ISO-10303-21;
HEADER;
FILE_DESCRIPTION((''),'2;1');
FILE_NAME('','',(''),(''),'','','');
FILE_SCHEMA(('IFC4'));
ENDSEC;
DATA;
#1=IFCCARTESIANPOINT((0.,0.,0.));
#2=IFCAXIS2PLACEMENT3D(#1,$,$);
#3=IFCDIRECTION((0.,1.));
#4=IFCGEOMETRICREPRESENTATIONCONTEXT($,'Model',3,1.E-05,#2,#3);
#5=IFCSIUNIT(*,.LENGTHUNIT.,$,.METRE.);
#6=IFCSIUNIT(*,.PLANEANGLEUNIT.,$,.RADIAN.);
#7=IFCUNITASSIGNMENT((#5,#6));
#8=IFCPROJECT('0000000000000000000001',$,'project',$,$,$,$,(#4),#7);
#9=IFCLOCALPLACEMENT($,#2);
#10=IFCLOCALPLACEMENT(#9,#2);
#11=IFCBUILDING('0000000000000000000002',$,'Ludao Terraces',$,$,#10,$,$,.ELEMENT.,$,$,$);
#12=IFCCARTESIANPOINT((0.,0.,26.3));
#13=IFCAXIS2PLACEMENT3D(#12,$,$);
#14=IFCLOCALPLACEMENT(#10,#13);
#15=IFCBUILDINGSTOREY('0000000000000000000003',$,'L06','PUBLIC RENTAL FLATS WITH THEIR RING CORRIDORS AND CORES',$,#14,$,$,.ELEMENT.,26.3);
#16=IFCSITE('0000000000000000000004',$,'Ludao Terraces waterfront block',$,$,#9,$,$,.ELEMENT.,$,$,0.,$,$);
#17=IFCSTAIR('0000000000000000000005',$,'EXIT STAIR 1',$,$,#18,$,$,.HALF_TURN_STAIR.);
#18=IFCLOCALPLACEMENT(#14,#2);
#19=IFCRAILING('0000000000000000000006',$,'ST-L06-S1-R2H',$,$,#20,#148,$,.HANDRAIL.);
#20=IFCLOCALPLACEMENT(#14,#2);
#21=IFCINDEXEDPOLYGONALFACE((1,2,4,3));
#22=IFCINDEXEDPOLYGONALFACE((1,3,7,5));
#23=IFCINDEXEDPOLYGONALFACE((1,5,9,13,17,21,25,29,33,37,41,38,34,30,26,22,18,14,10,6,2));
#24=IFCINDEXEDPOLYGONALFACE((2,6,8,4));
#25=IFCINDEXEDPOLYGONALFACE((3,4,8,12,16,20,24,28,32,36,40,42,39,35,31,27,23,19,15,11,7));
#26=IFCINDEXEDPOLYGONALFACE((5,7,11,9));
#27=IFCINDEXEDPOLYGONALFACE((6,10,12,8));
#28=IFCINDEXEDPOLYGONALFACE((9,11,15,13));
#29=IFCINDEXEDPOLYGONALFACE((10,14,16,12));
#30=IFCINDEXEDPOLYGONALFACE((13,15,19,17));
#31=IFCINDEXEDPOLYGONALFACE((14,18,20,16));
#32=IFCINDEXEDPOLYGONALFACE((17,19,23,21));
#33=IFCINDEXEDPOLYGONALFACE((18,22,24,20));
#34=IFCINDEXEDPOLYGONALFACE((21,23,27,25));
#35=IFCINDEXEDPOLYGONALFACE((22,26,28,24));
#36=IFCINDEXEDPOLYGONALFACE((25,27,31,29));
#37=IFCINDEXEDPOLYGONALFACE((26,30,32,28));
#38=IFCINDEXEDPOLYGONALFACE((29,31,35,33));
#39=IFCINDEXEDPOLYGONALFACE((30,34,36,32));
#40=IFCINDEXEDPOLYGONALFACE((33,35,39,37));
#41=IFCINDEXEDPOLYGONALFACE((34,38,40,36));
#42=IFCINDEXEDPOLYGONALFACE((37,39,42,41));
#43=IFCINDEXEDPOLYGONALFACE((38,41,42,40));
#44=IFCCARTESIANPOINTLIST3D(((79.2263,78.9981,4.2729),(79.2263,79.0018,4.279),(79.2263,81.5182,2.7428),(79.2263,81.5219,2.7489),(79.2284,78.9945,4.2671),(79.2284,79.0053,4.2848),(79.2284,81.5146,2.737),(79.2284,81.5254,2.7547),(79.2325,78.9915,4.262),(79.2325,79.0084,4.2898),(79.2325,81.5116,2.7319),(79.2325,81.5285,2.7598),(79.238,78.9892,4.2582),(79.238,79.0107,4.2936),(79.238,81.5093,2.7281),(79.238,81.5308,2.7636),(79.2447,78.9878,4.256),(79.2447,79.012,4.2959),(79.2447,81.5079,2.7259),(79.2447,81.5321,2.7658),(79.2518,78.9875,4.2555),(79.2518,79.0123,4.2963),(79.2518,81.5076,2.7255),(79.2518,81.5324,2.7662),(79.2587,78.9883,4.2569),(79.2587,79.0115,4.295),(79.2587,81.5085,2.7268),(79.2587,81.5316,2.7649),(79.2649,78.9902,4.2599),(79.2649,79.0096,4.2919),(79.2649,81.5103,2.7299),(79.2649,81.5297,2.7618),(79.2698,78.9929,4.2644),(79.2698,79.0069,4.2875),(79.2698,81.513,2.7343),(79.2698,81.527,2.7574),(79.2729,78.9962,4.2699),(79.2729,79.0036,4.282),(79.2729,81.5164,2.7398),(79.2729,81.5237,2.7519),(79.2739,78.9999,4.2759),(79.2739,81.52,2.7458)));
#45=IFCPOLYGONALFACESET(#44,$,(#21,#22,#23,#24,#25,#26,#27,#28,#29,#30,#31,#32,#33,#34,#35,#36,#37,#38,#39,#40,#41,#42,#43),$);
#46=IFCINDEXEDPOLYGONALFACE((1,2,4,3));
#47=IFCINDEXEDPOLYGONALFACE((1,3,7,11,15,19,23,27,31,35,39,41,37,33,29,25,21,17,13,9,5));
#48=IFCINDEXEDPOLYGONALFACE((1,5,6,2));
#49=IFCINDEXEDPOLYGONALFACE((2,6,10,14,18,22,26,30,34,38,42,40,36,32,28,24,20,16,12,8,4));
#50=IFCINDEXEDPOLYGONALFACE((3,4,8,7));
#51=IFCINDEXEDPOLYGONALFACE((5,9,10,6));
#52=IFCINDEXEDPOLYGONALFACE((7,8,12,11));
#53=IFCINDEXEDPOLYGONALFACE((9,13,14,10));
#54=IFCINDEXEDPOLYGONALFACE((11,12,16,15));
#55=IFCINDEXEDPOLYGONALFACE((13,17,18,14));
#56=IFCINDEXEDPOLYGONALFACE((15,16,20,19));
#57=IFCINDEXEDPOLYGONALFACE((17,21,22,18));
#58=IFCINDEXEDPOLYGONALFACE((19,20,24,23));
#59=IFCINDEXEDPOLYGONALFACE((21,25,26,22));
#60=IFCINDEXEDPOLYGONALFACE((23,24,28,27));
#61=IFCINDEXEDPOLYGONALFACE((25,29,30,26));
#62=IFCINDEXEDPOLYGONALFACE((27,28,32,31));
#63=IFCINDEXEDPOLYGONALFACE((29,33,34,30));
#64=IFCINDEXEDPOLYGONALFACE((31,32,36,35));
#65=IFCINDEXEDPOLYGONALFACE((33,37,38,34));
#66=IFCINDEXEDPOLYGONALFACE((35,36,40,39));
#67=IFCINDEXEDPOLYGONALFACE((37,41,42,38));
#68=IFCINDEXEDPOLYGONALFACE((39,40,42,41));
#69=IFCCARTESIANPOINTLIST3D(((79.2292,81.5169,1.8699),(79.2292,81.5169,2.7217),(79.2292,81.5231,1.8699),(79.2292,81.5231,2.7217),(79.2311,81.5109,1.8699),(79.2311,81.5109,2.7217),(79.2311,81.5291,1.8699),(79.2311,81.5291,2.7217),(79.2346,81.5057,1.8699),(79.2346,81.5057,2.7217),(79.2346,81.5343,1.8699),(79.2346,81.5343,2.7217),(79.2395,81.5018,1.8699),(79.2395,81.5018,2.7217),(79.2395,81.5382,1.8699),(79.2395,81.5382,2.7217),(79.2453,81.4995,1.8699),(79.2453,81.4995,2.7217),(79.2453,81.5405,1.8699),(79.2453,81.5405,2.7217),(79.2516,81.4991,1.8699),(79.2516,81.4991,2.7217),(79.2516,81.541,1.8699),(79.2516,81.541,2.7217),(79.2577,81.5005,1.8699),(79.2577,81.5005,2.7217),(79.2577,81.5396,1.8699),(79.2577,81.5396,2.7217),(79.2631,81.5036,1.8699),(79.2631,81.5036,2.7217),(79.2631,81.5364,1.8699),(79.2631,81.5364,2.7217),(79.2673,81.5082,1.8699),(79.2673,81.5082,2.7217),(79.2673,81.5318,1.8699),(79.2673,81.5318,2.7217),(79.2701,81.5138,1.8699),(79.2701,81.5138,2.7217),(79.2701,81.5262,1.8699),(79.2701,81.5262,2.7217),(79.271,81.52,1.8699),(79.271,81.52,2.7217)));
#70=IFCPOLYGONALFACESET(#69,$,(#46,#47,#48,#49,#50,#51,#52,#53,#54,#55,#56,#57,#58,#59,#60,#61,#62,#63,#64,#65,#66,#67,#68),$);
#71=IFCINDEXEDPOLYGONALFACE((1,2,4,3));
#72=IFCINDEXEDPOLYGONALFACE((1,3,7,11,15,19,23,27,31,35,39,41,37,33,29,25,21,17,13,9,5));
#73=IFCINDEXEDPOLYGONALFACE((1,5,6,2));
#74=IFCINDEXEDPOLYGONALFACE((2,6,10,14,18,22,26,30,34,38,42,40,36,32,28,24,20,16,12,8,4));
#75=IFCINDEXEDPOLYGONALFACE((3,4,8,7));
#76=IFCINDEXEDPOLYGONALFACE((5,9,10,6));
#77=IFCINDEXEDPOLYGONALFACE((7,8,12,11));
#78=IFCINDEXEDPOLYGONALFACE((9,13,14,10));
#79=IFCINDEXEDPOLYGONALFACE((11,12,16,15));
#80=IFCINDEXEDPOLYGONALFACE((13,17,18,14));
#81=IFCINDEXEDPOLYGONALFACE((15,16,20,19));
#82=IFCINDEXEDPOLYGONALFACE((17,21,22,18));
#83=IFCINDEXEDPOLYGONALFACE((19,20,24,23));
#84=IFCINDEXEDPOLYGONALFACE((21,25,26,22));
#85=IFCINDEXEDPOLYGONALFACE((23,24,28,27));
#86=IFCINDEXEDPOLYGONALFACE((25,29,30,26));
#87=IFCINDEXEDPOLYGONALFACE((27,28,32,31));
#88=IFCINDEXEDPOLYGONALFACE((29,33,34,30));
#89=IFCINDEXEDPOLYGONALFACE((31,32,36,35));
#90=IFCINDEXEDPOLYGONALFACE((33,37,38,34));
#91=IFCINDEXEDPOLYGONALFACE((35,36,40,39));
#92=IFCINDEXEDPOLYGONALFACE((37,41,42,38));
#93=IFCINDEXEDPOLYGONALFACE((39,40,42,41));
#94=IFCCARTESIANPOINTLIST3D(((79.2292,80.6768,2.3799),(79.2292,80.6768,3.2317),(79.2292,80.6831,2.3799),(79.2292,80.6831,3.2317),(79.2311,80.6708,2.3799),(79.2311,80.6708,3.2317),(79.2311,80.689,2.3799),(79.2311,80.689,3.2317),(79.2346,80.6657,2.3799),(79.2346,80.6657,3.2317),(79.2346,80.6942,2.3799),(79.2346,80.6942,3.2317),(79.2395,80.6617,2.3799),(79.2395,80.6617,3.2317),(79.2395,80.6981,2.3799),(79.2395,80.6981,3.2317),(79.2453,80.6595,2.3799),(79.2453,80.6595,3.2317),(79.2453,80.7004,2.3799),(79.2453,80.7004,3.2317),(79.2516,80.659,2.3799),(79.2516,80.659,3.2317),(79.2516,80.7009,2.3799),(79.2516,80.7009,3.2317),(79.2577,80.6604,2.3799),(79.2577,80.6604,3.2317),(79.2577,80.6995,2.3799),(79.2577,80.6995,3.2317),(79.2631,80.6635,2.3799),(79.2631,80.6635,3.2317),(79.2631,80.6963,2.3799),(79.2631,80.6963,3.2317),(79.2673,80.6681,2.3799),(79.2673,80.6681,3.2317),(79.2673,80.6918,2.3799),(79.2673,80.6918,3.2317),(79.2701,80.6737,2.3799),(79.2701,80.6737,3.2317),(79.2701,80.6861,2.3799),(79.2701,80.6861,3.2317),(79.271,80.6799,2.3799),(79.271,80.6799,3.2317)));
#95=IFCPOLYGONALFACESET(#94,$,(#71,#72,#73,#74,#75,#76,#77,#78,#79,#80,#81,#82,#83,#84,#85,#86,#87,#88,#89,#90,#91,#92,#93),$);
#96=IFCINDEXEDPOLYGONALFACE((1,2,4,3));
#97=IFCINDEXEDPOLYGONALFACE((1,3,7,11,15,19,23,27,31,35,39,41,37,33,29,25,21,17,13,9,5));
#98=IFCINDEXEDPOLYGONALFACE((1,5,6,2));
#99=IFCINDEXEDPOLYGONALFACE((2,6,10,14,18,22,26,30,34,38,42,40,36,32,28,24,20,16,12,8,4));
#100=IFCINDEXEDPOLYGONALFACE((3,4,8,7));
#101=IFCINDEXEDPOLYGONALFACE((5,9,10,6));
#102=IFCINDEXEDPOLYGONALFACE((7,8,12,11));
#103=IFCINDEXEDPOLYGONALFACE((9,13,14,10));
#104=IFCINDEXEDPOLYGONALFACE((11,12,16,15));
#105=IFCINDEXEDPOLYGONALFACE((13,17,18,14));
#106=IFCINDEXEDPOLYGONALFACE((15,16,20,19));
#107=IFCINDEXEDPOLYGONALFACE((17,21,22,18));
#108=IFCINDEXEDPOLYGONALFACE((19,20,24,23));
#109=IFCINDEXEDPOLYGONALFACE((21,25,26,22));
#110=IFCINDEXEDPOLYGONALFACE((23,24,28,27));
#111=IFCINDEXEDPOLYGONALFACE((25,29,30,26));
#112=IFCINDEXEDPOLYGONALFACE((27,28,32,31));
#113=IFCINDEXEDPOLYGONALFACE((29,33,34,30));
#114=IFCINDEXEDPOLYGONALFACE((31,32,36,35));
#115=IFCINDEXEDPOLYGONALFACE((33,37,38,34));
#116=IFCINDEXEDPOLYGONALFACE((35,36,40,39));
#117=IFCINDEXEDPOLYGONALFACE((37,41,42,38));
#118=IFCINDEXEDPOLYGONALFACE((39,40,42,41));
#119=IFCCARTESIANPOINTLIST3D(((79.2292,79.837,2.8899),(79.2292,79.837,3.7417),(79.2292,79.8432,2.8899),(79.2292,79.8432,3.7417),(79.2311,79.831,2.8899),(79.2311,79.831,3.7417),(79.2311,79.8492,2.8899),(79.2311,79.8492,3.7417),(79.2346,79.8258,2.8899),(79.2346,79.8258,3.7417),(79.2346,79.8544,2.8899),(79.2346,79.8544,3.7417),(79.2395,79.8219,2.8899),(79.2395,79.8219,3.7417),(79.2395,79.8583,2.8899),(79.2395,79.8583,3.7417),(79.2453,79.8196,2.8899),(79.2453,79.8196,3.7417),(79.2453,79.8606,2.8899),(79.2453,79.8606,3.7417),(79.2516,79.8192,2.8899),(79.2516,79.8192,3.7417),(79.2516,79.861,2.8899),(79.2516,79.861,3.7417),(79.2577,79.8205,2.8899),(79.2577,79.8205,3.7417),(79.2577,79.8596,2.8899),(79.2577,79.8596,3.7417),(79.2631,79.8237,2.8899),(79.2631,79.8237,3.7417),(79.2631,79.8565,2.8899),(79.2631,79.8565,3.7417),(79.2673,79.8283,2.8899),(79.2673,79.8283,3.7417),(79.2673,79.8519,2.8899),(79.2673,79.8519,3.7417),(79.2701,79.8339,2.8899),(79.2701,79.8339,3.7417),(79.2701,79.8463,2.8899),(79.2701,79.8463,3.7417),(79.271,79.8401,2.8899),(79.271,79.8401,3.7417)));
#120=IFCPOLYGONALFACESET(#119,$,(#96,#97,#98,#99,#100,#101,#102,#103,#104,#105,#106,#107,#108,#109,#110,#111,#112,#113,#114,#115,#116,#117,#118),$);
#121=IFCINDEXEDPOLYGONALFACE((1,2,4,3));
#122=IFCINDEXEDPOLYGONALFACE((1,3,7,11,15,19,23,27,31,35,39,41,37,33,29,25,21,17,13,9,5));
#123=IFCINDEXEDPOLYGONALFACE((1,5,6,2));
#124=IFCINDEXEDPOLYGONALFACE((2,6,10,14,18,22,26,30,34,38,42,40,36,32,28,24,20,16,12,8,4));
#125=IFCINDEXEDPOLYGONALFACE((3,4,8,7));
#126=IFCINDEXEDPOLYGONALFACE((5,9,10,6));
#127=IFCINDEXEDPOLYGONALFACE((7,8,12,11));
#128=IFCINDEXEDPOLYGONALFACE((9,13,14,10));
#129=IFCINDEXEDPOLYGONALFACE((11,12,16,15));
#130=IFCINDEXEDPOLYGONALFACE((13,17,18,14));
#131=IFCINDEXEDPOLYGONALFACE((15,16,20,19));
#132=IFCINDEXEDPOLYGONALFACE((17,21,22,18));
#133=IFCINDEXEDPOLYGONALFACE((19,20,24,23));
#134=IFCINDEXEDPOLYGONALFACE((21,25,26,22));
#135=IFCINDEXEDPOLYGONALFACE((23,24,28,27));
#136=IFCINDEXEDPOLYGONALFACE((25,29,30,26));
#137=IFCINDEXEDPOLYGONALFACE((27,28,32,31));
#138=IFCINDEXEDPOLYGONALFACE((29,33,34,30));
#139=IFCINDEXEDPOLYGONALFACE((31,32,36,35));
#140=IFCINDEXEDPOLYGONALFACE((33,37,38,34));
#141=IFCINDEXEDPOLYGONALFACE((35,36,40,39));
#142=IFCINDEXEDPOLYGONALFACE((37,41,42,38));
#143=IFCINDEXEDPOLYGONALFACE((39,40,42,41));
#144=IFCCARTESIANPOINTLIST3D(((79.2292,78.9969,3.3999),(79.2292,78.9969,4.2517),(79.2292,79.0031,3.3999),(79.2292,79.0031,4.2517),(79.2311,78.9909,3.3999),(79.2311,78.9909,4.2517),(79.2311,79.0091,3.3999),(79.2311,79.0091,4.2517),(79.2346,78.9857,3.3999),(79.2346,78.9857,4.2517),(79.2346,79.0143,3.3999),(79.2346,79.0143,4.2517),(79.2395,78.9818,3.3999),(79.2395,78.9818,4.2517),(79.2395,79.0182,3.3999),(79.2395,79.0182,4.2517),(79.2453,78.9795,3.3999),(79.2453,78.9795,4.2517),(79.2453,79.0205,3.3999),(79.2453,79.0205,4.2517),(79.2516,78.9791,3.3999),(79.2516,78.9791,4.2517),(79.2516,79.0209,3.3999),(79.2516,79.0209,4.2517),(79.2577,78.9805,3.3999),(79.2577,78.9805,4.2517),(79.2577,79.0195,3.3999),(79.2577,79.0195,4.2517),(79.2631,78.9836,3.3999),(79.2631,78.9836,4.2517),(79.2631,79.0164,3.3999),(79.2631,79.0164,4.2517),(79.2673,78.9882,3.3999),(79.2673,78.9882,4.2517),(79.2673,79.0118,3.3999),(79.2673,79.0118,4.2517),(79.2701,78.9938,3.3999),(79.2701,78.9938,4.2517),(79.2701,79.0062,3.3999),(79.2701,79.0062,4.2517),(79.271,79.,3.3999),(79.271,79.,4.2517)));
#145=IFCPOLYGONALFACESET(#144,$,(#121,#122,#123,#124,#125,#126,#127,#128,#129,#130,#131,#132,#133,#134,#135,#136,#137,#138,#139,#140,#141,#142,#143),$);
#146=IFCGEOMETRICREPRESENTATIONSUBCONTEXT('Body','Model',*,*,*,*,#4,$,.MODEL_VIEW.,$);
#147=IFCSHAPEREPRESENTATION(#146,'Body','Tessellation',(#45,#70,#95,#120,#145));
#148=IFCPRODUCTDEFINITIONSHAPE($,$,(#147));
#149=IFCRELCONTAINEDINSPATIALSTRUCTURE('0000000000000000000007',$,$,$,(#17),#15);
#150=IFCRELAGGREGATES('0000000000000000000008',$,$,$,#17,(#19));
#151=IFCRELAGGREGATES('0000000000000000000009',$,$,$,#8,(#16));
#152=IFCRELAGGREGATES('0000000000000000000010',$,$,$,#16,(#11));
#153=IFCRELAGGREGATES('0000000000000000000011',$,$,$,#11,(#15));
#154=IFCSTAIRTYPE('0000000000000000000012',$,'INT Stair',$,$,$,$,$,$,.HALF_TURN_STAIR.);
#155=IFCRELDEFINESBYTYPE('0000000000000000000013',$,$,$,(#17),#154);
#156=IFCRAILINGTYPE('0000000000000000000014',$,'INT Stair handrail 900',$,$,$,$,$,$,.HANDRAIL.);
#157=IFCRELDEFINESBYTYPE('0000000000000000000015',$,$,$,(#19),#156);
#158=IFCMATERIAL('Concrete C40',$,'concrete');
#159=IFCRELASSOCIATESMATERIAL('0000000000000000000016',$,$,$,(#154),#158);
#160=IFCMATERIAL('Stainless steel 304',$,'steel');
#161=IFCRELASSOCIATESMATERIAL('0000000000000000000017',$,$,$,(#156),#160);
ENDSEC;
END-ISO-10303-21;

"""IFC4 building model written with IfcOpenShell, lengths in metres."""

from ifc_helpers import new_model, si_unit, direction, frame, origin, origin_2d, place, context, subcontext, project, spatial, circle, extrude, material, type_object, element, aggregate, save


model = new_model("IFC4")

# Units and contexts
model_context = context("Model", 3, precision=1e-05, world=origin(), true_north=direction((0.0, 1.0)))
body_context = subcontext(model_context, "Body", "Model", "MODEL_VIEW")
ifc_project = project(units=[si_unit("LENGTHUNIT", "METRE"), si_unit("PLANEANGLEUNIT", "RADIAN")], contexts=[model_context])

# Site, building, storey
site_placement = place(None, origin())
site = spatial("IfcSite", under=ifc_project, at=site_placement, Name="Ludao Terraces waterfront block", CompositionType="ELEMENT", RefElevation=0.0)
building_placement = place(site_placement, origin())
building = spatial("IfcBuilding", under=site, at=building_placement, Name="Ludao Terraces", CompositionType="ELEMENT")
storey_placement = place(building_placement, frame((0.0, 0.0, 26.3)))
storey = spatial("IfcBuildingStorey", under=building, at=storey_placement, Name="L06", Description="PUBLIC RENTAL FLATS WITH THEIR RING CORRIDORS AND CORES", CompositionType="ELEMENT", Elevation=26.3)

# Stair, railing
ifc_material_1 = material(Name="Concrete C40", Category="concrete")
stair_type = type_object("IfcStairType", Name="INT Stair", PredefinedType="HALF_TURN_STAIR", material=ifc_material_1)
stair_placement = place(storey_placement, origin())
stair = element("IfcStair", 1, at=stair_placement, inside=storey, type_object=stair_type, Name="EXIT STAIR 1", PredefinedType="HALF_TURN_STAIR")
ifc_material_2 = material(Name="Stainless steel 304", Category="steel")
railing_type_1 = type_object("IfcRailingType", Name="INT Stair handrail 900", PredefinedType="HANDRAIL", material=ifc_material_2)
railing_1_placement = place(storey_placement, frame((79.25, 81.52, 1.8699)))
railing_1 = element("IfcRailing", 2, at=railing_1_placement, type_object=railing_type_1, Name="ST-L06-S1-R2H", PredefinedType="HANDRAIL", context=body_context, shape_type="SweptSolid", body=[
    extrude(circle(Radius=0.0239, at=origin_2d()), frame((0.0, 0.0, 0.876), z_axis=(0.0, -0.854785, 0.518982), x_axis=(1.0, 0.0, 0.0)), (0.0, 0.0, 1.0), 2.9482),
    extrude(circle(Radius=0.021, at=origin_2d()), origin(), (0.0, 0.0, 1.0), 0.8518),
    extrude(circle(Radius=0.021, at=origin_2d()), frame((0.0, -0.8401, 0.51)), (0.0, 0.0, 1.0), 0.8518),
    extrude(circle(Radius=0.021, at=origin_2d()), frame((0.0, -1.6799, 1.02)), (0.0, 0.0, 1.0), 0.8518),
    extrude(circle(Radius=0.021, at=origin_2d()), frame((0.0, -2.52, 1.53)), (0.0, 0.0, 1.0), 0.8518),
])
aggregate(stair, [railing_1])

save(model, "model.ifc")
